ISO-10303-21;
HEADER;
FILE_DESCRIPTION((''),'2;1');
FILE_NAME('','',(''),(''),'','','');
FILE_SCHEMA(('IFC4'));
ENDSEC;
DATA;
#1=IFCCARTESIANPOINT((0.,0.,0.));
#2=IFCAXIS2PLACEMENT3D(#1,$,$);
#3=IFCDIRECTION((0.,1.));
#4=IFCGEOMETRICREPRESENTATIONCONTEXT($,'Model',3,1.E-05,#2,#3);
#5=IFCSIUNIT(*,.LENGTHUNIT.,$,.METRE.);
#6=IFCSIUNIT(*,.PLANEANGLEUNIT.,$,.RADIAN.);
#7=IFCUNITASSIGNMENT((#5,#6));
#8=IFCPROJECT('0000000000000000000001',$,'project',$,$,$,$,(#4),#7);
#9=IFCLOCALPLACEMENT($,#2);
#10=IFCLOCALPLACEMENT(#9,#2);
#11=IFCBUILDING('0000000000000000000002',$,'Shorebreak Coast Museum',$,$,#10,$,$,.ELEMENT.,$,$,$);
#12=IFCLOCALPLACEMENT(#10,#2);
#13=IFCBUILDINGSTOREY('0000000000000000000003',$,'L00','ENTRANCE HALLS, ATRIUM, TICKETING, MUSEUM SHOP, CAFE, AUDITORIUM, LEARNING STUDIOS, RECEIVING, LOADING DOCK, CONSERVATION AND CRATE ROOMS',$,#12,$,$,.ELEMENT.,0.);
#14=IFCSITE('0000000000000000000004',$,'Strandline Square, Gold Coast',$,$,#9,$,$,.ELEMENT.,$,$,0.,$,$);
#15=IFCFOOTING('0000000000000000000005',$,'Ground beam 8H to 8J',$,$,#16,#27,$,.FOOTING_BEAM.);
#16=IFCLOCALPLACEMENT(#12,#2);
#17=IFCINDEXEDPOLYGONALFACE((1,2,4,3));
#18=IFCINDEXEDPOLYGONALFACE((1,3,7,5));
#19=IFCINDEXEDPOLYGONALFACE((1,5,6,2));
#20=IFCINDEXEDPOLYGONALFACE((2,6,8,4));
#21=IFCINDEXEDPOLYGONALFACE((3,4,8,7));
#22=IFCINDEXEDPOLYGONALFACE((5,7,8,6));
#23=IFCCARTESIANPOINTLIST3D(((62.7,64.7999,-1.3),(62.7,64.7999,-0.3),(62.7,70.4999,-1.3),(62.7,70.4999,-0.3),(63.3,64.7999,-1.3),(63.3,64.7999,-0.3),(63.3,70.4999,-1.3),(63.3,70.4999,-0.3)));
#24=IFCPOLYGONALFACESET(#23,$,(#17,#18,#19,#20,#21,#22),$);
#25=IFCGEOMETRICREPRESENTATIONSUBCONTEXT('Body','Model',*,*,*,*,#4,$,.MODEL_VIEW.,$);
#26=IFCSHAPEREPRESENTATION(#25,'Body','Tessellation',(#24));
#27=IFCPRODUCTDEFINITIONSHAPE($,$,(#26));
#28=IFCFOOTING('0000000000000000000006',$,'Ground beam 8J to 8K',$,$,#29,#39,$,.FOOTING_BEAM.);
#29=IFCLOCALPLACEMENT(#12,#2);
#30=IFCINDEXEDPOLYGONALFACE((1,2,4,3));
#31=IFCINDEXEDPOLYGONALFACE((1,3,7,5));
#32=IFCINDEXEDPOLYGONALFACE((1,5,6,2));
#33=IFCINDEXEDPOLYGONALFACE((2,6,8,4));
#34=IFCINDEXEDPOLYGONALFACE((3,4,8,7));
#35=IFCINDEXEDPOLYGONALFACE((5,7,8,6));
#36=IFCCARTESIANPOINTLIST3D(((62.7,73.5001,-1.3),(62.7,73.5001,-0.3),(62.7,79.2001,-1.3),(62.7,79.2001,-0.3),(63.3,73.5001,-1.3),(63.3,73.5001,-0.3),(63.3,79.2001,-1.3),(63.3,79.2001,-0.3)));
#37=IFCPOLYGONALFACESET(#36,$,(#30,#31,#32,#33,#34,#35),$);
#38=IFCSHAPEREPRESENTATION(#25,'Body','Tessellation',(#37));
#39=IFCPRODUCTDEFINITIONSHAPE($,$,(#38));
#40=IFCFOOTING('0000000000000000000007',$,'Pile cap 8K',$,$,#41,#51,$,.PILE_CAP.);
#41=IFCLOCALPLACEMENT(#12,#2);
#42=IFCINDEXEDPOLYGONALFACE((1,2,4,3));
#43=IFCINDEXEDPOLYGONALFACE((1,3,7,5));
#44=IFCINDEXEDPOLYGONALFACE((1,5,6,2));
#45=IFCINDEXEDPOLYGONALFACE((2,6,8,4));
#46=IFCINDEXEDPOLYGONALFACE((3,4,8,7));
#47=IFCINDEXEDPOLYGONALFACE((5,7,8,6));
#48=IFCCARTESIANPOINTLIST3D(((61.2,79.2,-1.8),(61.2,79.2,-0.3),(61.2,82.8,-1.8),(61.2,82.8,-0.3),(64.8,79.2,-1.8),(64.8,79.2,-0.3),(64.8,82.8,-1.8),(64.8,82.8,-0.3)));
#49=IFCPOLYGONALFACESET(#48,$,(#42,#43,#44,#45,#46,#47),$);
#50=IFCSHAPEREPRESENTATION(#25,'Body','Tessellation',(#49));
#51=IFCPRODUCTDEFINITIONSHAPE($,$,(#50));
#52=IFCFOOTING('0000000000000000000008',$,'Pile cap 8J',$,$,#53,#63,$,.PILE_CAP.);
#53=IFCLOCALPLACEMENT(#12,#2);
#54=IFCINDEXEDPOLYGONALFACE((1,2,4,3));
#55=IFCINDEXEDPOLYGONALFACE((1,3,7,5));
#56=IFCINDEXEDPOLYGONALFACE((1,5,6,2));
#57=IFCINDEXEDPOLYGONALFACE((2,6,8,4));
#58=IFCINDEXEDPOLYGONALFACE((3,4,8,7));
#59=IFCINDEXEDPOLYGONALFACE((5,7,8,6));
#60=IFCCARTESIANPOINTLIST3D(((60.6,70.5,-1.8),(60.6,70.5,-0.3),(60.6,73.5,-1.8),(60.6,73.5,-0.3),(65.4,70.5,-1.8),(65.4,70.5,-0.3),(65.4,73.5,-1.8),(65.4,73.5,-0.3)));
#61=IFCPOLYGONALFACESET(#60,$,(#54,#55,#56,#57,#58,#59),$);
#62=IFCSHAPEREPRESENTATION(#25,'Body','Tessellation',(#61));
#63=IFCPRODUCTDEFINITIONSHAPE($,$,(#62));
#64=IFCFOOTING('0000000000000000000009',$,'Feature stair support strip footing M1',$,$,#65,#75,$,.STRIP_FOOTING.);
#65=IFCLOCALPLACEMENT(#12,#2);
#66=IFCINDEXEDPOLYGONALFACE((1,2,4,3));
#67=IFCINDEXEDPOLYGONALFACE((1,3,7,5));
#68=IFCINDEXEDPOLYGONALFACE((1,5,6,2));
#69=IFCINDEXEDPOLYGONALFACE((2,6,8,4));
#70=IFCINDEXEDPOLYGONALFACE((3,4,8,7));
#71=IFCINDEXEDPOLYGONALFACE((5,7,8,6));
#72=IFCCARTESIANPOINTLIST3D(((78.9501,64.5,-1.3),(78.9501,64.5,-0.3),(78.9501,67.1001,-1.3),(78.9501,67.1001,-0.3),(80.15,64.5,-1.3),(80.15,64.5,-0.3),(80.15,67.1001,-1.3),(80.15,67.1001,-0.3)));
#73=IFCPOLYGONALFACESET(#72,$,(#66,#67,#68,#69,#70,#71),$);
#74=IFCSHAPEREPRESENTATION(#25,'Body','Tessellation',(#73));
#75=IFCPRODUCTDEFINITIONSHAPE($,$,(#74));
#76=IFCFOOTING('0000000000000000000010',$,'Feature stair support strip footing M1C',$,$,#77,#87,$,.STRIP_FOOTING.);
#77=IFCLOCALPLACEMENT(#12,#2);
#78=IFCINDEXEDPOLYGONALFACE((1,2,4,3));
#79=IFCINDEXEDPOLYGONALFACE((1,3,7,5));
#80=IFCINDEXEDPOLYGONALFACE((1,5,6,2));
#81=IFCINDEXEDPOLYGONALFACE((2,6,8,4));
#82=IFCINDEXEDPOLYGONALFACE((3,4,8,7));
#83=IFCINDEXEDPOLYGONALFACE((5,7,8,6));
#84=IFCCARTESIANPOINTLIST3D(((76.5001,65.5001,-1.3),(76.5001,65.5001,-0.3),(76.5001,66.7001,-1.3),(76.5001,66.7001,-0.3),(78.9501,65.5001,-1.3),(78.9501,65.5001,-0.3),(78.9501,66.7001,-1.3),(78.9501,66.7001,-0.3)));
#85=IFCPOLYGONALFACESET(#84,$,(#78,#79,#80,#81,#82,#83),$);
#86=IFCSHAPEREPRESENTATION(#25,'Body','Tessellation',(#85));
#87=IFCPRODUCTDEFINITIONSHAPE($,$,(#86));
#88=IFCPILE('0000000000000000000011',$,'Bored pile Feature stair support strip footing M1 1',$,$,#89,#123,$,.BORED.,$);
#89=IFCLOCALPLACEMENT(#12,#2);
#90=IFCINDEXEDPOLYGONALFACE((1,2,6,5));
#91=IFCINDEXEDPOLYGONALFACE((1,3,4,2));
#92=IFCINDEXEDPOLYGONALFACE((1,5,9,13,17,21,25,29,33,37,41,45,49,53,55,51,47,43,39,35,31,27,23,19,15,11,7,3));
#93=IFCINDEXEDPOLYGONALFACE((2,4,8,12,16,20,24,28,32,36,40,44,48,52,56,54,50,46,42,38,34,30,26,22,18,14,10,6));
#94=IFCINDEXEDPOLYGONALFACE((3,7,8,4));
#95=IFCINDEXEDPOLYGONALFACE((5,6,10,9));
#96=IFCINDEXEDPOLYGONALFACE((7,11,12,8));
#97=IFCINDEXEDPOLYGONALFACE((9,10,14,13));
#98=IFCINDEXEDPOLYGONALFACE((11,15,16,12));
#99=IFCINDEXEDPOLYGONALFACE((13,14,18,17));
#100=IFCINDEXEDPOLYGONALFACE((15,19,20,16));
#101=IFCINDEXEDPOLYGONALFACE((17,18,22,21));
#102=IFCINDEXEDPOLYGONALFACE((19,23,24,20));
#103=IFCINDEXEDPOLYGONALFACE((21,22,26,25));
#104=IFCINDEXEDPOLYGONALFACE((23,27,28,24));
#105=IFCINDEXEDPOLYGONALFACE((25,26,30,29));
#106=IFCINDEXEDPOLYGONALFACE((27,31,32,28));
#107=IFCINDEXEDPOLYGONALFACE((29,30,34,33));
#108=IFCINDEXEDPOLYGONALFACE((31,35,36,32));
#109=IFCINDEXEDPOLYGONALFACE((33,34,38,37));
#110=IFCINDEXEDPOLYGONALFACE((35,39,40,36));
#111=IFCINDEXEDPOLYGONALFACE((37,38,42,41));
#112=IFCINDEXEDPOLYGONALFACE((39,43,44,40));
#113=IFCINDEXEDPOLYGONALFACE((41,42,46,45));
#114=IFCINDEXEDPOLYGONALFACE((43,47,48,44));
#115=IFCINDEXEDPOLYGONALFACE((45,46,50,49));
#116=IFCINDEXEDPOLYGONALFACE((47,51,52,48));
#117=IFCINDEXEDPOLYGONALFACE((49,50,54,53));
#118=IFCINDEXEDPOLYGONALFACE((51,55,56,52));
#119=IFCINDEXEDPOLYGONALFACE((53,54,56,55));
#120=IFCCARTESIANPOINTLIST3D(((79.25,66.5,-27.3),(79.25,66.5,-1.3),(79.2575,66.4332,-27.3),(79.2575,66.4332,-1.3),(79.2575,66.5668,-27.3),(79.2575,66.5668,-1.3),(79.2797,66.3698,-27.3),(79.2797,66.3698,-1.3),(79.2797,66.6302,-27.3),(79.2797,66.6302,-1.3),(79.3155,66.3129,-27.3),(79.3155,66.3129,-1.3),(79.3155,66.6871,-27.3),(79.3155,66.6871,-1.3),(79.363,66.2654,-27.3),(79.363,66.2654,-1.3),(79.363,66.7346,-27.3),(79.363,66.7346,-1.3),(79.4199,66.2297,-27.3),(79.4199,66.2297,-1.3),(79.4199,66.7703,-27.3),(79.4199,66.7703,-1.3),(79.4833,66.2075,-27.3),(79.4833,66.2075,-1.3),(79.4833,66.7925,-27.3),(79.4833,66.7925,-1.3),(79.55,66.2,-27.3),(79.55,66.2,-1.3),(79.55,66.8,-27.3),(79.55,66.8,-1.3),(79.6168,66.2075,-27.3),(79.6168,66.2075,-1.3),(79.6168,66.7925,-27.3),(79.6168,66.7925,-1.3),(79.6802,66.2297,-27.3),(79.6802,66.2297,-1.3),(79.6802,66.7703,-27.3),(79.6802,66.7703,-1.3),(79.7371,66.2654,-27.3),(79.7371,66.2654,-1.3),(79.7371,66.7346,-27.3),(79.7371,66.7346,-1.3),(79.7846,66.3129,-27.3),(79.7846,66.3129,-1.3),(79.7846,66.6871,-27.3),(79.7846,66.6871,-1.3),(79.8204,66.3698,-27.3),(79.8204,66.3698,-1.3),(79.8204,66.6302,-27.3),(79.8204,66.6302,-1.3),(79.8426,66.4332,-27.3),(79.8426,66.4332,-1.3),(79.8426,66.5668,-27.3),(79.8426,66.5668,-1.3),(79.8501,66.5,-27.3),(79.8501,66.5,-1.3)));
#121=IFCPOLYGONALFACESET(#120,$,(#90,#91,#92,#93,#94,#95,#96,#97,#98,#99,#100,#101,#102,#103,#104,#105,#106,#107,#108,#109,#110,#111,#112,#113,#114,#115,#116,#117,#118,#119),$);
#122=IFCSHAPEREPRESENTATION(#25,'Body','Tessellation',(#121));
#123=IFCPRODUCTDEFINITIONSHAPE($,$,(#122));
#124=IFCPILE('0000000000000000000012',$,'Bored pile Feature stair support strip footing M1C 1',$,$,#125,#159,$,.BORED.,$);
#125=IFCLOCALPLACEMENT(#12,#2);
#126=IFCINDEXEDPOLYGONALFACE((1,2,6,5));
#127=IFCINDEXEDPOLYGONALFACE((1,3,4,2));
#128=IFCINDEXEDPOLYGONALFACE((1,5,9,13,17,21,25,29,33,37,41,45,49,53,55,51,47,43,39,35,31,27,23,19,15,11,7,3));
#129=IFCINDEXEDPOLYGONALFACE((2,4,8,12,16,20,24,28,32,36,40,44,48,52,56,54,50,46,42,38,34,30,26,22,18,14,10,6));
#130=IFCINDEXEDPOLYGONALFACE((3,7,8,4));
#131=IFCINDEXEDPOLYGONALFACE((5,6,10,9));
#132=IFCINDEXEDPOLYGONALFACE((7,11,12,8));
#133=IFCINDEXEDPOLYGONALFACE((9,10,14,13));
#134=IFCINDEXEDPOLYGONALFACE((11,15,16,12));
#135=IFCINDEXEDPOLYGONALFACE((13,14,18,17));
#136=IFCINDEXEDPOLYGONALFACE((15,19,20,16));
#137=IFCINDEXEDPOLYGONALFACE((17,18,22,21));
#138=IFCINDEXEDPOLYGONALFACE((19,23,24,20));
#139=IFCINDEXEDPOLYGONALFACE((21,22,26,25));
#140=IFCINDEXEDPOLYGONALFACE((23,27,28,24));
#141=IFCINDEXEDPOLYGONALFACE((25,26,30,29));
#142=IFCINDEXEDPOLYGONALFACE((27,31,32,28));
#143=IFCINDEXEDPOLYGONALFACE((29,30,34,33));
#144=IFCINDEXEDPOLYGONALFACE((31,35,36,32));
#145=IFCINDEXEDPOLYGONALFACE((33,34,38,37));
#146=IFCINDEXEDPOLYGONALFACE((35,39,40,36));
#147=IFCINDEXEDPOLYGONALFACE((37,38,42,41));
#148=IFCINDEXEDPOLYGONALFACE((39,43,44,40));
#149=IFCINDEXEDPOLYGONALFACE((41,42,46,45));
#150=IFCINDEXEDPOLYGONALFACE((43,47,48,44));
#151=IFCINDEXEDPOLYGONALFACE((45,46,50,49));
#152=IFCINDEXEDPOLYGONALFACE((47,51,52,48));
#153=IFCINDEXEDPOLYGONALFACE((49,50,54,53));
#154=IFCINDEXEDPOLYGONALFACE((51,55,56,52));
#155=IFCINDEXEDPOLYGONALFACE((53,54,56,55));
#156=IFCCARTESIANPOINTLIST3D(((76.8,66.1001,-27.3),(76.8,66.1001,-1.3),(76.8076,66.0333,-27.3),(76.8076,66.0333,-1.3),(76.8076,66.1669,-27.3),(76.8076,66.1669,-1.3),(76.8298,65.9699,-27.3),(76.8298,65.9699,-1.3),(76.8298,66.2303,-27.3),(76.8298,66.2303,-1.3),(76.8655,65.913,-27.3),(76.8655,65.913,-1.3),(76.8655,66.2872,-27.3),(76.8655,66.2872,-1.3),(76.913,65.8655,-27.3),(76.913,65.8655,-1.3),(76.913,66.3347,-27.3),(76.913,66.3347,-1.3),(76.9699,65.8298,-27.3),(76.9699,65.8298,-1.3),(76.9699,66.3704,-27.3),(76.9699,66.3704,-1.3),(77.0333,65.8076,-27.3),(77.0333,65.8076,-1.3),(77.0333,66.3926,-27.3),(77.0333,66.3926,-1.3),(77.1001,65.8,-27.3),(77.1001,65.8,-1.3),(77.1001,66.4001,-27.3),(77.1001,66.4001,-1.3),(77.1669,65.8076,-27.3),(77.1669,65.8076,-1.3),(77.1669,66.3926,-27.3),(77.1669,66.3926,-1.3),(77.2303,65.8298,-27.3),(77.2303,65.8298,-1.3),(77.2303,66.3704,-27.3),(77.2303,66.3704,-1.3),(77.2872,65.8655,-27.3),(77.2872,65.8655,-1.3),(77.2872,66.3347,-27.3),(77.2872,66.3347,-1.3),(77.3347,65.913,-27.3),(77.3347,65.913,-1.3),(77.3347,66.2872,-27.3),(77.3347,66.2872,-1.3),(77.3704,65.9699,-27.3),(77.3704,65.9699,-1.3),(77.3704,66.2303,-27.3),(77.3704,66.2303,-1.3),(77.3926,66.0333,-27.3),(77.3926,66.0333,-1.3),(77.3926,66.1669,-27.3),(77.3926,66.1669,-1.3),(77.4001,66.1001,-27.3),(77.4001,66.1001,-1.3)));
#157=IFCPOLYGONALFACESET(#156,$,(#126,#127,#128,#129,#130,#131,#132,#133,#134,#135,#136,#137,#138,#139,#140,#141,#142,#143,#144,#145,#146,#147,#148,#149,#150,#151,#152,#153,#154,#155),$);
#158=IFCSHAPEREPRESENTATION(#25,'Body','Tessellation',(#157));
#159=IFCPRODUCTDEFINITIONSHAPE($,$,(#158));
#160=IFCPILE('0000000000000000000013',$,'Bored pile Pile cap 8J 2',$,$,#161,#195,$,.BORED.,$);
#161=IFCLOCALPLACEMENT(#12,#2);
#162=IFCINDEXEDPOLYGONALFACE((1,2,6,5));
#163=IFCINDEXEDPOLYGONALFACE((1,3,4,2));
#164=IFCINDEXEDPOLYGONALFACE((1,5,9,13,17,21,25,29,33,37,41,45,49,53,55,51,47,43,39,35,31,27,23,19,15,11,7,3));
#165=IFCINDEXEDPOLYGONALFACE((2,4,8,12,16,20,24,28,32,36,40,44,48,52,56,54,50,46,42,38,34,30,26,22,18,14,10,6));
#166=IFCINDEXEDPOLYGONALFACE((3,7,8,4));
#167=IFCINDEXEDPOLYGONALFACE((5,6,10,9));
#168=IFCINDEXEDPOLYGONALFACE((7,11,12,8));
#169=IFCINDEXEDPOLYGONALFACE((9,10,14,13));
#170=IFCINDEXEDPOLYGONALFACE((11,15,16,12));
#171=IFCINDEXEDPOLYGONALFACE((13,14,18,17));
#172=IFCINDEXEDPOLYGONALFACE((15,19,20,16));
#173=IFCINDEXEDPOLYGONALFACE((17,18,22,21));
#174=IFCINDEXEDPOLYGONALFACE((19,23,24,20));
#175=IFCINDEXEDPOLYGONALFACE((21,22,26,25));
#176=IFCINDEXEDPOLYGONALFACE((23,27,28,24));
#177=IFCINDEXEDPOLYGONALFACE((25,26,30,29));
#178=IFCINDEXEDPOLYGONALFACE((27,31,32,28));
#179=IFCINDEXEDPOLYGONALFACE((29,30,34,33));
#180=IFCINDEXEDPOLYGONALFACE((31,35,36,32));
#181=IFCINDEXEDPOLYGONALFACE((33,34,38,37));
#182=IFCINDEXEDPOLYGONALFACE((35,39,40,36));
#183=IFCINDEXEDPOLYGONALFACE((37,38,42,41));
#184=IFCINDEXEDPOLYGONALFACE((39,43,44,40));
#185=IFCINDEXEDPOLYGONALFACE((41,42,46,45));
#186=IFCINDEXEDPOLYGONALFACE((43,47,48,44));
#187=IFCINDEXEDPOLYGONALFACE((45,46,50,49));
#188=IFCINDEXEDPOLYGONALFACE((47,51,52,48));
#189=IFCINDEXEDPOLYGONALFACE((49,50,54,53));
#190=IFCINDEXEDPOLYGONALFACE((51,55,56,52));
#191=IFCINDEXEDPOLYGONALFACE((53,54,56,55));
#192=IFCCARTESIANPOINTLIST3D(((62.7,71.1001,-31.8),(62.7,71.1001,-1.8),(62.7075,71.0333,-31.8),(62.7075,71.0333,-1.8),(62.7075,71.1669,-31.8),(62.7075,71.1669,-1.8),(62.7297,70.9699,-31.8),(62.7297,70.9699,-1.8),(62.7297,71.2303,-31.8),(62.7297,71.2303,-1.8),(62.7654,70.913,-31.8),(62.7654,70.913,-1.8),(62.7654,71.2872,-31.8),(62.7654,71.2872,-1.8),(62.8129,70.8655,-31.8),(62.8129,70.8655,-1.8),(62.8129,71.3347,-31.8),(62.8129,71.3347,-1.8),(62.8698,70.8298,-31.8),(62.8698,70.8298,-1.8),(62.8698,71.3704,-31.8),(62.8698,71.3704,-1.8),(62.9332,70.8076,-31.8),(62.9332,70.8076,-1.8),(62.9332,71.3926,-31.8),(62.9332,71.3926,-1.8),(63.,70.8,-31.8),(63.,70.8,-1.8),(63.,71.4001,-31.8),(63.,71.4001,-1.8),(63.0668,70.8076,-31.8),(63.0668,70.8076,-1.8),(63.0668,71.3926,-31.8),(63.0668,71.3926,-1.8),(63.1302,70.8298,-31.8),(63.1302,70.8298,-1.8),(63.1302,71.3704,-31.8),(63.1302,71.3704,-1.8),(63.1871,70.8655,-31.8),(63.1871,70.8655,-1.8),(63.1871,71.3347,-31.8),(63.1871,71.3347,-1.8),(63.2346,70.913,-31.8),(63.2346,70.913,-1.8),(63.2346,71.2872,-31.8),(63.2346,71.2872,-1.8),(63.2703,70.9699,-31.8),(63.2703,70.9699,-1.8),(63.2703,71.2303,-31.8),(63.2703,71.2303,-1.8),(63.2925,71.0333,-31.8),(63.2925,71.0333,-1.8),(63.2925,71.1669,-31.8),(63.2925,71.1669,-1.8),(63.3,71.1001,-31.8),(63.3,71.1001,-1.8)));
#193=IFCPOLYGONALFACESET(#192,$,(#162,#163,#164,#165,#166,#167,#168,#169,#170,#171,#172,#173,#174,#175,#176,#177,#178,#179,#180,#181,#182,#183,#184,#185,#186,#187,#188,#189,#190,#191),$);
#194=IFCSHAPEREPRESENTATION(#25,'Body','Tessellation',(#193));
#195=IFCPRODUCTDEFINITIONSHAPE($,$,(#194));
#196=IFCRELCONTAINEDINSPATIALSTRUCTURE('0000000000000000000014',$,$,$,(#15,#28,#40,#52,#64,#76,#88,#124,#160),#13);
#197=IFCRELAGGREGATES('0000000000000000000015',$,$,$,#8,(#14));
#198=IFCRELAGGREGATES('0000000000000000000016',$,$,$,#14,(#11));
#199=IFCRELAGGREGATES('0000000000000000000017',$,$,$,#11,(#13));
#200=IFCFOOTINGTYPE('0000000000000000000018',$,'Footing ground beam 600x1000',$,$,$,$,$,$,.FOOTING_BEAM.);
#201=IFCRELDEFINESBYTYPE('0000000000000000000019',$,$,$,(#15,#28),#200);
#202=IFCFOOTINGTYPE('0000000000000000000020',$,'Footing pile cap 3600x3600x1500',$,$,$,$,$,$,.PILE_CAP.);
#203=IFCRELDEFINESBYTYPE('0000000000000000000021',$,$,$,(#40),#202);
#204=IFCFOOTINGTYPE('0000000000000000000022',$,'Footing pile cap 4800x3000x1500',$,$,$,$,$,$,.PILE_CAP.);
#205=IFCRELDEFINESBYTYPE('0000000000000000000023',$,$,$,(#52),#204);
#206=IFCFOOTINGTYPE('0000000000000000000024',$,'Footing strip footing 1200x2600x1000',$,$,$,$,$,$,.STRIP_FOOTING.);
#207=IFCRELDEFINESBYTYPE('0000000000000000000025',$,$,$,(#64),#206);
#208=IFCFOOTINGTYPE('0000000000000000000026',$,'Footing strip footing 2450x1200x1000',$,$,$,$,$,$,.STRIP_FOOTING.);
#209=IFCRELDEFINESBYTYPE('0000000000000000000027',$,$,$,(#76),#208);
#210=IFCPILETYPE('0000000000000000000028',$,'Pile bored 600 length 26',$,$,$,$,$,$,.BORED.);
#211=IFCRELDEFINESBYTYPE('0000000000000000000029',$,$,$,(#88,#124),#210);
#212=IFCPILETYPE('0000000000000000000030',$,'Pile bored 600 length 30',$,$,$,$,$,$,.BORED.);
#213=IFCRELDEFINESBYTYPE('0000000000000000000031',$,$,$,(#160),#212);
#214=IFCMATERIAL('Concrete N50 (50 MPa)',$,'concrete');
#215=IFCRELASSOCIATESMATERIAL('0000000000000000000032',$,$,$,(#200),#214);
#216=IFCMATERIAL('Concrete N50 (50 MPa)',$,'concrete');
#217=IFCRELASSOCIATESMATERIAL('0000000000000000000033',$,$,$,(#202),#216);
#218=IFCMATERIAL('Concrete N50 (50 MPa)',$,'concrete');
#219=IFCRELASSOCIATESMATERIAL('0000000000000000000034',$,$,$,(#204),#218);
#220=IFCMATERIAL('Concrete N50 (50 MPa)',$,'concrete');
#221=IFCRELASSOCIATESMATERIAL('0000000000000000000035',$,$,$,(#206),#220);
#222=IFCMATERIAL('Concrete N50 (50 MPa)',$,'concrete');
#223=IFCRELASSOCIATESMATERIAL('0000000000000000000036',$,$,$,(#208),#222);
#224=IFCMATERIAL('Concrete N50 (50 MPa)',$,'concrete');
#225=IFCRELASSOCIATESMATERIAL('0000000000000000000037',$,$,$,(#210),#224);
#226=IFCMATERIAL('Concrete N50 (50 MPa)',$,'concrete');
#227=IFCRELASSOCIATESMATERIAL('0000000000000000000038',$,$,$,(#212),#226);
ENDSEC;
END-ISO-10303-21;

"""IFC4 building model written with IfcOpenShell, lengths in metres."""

from ifc_helpers import new_model, si_unit, direction, frame, origin, origin_2d, place, context, subcontext, project, spatial, rectangle, circle, extrude, material, material_profile, profile_set, type_object, element, save


model = new_model("IFC4")

# Units and contexts
model_context = context("Model", 3, precision=1e-05, world=origin(), true_north=direction((0.0, 1.0)))
body_context = subcontext(model_context, "Body", "Model", "MODEL_VIEW")
ifc_project = project(units=[si_unit("LENGTHUNIT", "METRE"), si_unit("PLANEANGLEUNIT", "RADIAN")], contexts=[model_context])

# Site, building, storey
site_placement = place(None, origin())
site = spatial("IfcSite", under=ifc_project, at=site_placement, Name="Strandline Square, Gold Coast", CompositionType="ELEMENT", RefElevation=0.0)
building_placement = place(site_placement, origin())
building = spatial("IfcBuilding", under=site, at=building_placement, Name="Shorebreak Coast Museum", CompositionType="ELEMENT")
storey_placement = place(building_placement, origin())
storey = spatial("IfcBuildingStorey", under=building, at=storey_placement, Name="L00", Description="ENTRANCE HALLS, ATRIUM, TICKETING, MUSEUM SHOP, CAFE, AUDITORIUM, LEARNING STUDIOS, RECEIVING, LOADING DOCK, CONSERVATION AND CRATE ROOMS", CompositionType="ELEMENT", Elevation=0.0)

# Footings
ifc_material_1 = material(Name="Concrete N50 (50 MPa)", Category="concrete")
footing_type_1 = type_object("IfcFootingType", Name="Footing ground beam 600x1000", PredefinedType="FOOTING_BEAM", material=ifc_material_1)
for number, where, z_axis, x_axis, name in (
    (1, (63.0, 67.6499, -1.3), (0.0, 0.0, 1.0), (1.0, 0.0, 0.0), "Ground beam 8H to 8J"),
    (2, (63.0, 76.3501, -1.3), (0.0, 0.0, 1.0), (1.0, 0.0, 0.0), "Ground beam 8J to 8K"),
):
    element("IfcFooting", number, at=place(storey_placement, frame(where, z_axis=z_axis, x_axis=x_axis)), inside=storey, type_object=footing_type_1, Name=name, PredefinedType="FOOTING_BEAM", context=body_context, shape_type="SweptSolid", body=[
        extrude(rectangle(XDim=0.6001, YDim=5.7, at=origin_2d()), origin(), (0.0, 0.0, 1.0), 1.0),
    ])
ifc_material_2 = material(Name="Concrete N50 (50 MPa)", Category="concrete")
footing_type_2 = type_object("IfcFootingType", Name="Footing pile cap 3600x3600x1500", PredefinedType="PILE_CAP", material=ifc_material_2)
footing_1_placement = place(storey_placement, frame((63.0, 81.0, -1.8), z_axis=(0.0, 0.0, 1.0), x_axis=(1.0, 0.0, 0.0)))
element("IfcFooting", 3, at=footing_1_placement, inside=storey, type_object=footing_type_2, Name="Pile cap 8K", PredefinedType="PILE_CAP", context=body_context, shape_type="SweptSolid", body=[
    extrude(rectangle(XDim=3.6001, YDim=3.6001, at=origin_2d()), origin(), (0.0, 0.0, 1.0), 1.5),
])
ifc_material_3 = material(Name="Concrete N50 (50 MPa)", Category="concrete")
footing_type_3 = type_object("IfcFootingType", Name="Footing pile cap 4800x3000x1500", PredefinedType="PILE_CAP", material=ifc_material_3)
footing_2_placement = place(storey_placement, frame((63.0, 72.0, -1.8), z_axis=(0.0, 0.0, 1.0), x_axis=(1.0, 0.0, 0.0)))
element("IfcFooting", 4, at=footing_2_placement, inside=storey, type_object=footing_type_3, Name="Pile cap 8J", PredefinedType="PILE_CAP", context=body_context, shape_type="SweptSolid", body=[
    extrude(rectangle(XDim=4.8, YDim=3.0, at=origin_2d()), origin(), (0.0, 0.0, 1.0), 1.5),
])
ifc_material_4 = material(Name="Concrete N50 (50 MPa)", Category="concrete")
footing_type_4 = type_object("IfcFootingType", Name="Footing strip footing 1200x2600x1000", PredefinedType="STRIP_FOOTING", material=ifc_material_4)
footing_3_placement = place(storey_placement, frame((79.55, 65.8, -1.3), z_axis=(0.0, 0.0, 1.0), x_axis=(1.0, 0.0, 0.0)))
element("IfcFooting", 5, at=footing_3_placement, inside=storey, type_object=footing_type_4, Name="Feature stair support strip footing M1", PredefinedType="STRIP_FOOTING", context=body_context, shape_type="SweptSolid", body=[
    extrude(rectangle(XDim=1.2, YDim=2.6001, at=origin_2d()), origin(), (0.0, 0.0, 1.0), 1.0),
])
ifc_material_5 = material(Name="Concrete N50 (50 MPa)", Category="concrete")
footing_type_5 = type_object("IfcFootingType", Name="Footing strip footing 2450x1200x1000", PredefinedType="STRIP_FOOTING", material=ifc_material_5)
footing_4_placement = place(storey_placement, frame((77.7251, 66.1001, -1.3), z_axis=(0.0, 0.0, 1.0), x_axis=(1.0, 0.0, 0.0)))
element("IfcFooting", 6, at=footing_4_placement, inside=storey, type_object=footing_type_5, Name="Feature stair support strip footing M1C", PredefinedType="STRIP_FOOTING", context=body_context, shape_type="SweptSolid", body=[
    extrude(rectangle(XDim=2.45, YDim=1.2, at=origin_2d()), origin(), (0.0, 0.0, 1.0), 1.0),
])

# Piles
ifc_material_6 = material(Name="Concrete N50 (50 MPa)", Category="concrete")
ifc_material_profile_1 = material_profile(ifc_material_6, circle(Radius=0.3, at=origin_2d()), Name="Pile bored 600 length 26")
ifc_profile_set_1 = profile_set([ifc_material_profile_1], Name="Concrete N50 (50 MPa)")
pile_type_1 = type_object("IfcPileType", Name="Pile bored 600 length 26", PredefinedType="BORED", material=ifc_profile_set_1)
for number, where, z_axis, x_axis, name in (
    (7, (79.55, 66.5, -1.3), (0.0, 0.0, -1.0), (1.0, 0.0, 0.0), "Bored pile Feature stair support strip footing M1 1"),
    (8, (77.1001, 66.1001, -1.3), (0.0, 0.0, -1.0), (1.0, 0.0, 0.0), "Bored pile Feature stair support strip footing M1C 1"),
):
    element("IfcPile", number, at=place(storey_placement, frame(where, z_axis=z_axis, x_axis=x_axis)), inside=storey, type_object=pile_type_1, Name=name, PredefinedType="BORED", context=body_context, shape_type="SweptSolid", body=[
        extrude(circle(Radius=0.3, at=origin_2d()), origin(), (0.0, 0.0, 1.0), 26.0),
    ])
ifc_material_7 = material(Name="Concrete N50 (50 MPa)", Category="concrete")
ifc_material_profile_2 = material_profile(ifc_material_7, circle(Radius=0.3, at=origin_2d()), Name="Pile bored 600 length 30")
ifc_profile_set_2 = profile_set([ifc_material_profile_2], Name="Concrete N50 (50 MPa)")
pile_type_2 = type_object("IfcPileType", Name="Pile bored 600 length 30", PredefinedType="BORED", material=ifc_profile_set_2)
for number, where, z_axis, x_axis, name in (
    (9, (63.0, 71.1001, -1.8), (0.0, 0.0, -1.0), (1.0, 0.0, 0.0), "Bored pile Pile cap 8J 2"),
):
    element("IfcPile", number, at=place(storey_placement, frame(where, z_axis=z_axis, x_axis=x_axis)), inside=storey, type_object=pile_type_2, Name=name, PredefinedType="BORED", context=body_context, shape_type="SweptSolid", body=[
        extrude(circle(Radius=0.3, at=origin_2d()), origin(), (0.0, 0.0, 1.0), 30.0),
    ])

save(model, "model.ifc")
